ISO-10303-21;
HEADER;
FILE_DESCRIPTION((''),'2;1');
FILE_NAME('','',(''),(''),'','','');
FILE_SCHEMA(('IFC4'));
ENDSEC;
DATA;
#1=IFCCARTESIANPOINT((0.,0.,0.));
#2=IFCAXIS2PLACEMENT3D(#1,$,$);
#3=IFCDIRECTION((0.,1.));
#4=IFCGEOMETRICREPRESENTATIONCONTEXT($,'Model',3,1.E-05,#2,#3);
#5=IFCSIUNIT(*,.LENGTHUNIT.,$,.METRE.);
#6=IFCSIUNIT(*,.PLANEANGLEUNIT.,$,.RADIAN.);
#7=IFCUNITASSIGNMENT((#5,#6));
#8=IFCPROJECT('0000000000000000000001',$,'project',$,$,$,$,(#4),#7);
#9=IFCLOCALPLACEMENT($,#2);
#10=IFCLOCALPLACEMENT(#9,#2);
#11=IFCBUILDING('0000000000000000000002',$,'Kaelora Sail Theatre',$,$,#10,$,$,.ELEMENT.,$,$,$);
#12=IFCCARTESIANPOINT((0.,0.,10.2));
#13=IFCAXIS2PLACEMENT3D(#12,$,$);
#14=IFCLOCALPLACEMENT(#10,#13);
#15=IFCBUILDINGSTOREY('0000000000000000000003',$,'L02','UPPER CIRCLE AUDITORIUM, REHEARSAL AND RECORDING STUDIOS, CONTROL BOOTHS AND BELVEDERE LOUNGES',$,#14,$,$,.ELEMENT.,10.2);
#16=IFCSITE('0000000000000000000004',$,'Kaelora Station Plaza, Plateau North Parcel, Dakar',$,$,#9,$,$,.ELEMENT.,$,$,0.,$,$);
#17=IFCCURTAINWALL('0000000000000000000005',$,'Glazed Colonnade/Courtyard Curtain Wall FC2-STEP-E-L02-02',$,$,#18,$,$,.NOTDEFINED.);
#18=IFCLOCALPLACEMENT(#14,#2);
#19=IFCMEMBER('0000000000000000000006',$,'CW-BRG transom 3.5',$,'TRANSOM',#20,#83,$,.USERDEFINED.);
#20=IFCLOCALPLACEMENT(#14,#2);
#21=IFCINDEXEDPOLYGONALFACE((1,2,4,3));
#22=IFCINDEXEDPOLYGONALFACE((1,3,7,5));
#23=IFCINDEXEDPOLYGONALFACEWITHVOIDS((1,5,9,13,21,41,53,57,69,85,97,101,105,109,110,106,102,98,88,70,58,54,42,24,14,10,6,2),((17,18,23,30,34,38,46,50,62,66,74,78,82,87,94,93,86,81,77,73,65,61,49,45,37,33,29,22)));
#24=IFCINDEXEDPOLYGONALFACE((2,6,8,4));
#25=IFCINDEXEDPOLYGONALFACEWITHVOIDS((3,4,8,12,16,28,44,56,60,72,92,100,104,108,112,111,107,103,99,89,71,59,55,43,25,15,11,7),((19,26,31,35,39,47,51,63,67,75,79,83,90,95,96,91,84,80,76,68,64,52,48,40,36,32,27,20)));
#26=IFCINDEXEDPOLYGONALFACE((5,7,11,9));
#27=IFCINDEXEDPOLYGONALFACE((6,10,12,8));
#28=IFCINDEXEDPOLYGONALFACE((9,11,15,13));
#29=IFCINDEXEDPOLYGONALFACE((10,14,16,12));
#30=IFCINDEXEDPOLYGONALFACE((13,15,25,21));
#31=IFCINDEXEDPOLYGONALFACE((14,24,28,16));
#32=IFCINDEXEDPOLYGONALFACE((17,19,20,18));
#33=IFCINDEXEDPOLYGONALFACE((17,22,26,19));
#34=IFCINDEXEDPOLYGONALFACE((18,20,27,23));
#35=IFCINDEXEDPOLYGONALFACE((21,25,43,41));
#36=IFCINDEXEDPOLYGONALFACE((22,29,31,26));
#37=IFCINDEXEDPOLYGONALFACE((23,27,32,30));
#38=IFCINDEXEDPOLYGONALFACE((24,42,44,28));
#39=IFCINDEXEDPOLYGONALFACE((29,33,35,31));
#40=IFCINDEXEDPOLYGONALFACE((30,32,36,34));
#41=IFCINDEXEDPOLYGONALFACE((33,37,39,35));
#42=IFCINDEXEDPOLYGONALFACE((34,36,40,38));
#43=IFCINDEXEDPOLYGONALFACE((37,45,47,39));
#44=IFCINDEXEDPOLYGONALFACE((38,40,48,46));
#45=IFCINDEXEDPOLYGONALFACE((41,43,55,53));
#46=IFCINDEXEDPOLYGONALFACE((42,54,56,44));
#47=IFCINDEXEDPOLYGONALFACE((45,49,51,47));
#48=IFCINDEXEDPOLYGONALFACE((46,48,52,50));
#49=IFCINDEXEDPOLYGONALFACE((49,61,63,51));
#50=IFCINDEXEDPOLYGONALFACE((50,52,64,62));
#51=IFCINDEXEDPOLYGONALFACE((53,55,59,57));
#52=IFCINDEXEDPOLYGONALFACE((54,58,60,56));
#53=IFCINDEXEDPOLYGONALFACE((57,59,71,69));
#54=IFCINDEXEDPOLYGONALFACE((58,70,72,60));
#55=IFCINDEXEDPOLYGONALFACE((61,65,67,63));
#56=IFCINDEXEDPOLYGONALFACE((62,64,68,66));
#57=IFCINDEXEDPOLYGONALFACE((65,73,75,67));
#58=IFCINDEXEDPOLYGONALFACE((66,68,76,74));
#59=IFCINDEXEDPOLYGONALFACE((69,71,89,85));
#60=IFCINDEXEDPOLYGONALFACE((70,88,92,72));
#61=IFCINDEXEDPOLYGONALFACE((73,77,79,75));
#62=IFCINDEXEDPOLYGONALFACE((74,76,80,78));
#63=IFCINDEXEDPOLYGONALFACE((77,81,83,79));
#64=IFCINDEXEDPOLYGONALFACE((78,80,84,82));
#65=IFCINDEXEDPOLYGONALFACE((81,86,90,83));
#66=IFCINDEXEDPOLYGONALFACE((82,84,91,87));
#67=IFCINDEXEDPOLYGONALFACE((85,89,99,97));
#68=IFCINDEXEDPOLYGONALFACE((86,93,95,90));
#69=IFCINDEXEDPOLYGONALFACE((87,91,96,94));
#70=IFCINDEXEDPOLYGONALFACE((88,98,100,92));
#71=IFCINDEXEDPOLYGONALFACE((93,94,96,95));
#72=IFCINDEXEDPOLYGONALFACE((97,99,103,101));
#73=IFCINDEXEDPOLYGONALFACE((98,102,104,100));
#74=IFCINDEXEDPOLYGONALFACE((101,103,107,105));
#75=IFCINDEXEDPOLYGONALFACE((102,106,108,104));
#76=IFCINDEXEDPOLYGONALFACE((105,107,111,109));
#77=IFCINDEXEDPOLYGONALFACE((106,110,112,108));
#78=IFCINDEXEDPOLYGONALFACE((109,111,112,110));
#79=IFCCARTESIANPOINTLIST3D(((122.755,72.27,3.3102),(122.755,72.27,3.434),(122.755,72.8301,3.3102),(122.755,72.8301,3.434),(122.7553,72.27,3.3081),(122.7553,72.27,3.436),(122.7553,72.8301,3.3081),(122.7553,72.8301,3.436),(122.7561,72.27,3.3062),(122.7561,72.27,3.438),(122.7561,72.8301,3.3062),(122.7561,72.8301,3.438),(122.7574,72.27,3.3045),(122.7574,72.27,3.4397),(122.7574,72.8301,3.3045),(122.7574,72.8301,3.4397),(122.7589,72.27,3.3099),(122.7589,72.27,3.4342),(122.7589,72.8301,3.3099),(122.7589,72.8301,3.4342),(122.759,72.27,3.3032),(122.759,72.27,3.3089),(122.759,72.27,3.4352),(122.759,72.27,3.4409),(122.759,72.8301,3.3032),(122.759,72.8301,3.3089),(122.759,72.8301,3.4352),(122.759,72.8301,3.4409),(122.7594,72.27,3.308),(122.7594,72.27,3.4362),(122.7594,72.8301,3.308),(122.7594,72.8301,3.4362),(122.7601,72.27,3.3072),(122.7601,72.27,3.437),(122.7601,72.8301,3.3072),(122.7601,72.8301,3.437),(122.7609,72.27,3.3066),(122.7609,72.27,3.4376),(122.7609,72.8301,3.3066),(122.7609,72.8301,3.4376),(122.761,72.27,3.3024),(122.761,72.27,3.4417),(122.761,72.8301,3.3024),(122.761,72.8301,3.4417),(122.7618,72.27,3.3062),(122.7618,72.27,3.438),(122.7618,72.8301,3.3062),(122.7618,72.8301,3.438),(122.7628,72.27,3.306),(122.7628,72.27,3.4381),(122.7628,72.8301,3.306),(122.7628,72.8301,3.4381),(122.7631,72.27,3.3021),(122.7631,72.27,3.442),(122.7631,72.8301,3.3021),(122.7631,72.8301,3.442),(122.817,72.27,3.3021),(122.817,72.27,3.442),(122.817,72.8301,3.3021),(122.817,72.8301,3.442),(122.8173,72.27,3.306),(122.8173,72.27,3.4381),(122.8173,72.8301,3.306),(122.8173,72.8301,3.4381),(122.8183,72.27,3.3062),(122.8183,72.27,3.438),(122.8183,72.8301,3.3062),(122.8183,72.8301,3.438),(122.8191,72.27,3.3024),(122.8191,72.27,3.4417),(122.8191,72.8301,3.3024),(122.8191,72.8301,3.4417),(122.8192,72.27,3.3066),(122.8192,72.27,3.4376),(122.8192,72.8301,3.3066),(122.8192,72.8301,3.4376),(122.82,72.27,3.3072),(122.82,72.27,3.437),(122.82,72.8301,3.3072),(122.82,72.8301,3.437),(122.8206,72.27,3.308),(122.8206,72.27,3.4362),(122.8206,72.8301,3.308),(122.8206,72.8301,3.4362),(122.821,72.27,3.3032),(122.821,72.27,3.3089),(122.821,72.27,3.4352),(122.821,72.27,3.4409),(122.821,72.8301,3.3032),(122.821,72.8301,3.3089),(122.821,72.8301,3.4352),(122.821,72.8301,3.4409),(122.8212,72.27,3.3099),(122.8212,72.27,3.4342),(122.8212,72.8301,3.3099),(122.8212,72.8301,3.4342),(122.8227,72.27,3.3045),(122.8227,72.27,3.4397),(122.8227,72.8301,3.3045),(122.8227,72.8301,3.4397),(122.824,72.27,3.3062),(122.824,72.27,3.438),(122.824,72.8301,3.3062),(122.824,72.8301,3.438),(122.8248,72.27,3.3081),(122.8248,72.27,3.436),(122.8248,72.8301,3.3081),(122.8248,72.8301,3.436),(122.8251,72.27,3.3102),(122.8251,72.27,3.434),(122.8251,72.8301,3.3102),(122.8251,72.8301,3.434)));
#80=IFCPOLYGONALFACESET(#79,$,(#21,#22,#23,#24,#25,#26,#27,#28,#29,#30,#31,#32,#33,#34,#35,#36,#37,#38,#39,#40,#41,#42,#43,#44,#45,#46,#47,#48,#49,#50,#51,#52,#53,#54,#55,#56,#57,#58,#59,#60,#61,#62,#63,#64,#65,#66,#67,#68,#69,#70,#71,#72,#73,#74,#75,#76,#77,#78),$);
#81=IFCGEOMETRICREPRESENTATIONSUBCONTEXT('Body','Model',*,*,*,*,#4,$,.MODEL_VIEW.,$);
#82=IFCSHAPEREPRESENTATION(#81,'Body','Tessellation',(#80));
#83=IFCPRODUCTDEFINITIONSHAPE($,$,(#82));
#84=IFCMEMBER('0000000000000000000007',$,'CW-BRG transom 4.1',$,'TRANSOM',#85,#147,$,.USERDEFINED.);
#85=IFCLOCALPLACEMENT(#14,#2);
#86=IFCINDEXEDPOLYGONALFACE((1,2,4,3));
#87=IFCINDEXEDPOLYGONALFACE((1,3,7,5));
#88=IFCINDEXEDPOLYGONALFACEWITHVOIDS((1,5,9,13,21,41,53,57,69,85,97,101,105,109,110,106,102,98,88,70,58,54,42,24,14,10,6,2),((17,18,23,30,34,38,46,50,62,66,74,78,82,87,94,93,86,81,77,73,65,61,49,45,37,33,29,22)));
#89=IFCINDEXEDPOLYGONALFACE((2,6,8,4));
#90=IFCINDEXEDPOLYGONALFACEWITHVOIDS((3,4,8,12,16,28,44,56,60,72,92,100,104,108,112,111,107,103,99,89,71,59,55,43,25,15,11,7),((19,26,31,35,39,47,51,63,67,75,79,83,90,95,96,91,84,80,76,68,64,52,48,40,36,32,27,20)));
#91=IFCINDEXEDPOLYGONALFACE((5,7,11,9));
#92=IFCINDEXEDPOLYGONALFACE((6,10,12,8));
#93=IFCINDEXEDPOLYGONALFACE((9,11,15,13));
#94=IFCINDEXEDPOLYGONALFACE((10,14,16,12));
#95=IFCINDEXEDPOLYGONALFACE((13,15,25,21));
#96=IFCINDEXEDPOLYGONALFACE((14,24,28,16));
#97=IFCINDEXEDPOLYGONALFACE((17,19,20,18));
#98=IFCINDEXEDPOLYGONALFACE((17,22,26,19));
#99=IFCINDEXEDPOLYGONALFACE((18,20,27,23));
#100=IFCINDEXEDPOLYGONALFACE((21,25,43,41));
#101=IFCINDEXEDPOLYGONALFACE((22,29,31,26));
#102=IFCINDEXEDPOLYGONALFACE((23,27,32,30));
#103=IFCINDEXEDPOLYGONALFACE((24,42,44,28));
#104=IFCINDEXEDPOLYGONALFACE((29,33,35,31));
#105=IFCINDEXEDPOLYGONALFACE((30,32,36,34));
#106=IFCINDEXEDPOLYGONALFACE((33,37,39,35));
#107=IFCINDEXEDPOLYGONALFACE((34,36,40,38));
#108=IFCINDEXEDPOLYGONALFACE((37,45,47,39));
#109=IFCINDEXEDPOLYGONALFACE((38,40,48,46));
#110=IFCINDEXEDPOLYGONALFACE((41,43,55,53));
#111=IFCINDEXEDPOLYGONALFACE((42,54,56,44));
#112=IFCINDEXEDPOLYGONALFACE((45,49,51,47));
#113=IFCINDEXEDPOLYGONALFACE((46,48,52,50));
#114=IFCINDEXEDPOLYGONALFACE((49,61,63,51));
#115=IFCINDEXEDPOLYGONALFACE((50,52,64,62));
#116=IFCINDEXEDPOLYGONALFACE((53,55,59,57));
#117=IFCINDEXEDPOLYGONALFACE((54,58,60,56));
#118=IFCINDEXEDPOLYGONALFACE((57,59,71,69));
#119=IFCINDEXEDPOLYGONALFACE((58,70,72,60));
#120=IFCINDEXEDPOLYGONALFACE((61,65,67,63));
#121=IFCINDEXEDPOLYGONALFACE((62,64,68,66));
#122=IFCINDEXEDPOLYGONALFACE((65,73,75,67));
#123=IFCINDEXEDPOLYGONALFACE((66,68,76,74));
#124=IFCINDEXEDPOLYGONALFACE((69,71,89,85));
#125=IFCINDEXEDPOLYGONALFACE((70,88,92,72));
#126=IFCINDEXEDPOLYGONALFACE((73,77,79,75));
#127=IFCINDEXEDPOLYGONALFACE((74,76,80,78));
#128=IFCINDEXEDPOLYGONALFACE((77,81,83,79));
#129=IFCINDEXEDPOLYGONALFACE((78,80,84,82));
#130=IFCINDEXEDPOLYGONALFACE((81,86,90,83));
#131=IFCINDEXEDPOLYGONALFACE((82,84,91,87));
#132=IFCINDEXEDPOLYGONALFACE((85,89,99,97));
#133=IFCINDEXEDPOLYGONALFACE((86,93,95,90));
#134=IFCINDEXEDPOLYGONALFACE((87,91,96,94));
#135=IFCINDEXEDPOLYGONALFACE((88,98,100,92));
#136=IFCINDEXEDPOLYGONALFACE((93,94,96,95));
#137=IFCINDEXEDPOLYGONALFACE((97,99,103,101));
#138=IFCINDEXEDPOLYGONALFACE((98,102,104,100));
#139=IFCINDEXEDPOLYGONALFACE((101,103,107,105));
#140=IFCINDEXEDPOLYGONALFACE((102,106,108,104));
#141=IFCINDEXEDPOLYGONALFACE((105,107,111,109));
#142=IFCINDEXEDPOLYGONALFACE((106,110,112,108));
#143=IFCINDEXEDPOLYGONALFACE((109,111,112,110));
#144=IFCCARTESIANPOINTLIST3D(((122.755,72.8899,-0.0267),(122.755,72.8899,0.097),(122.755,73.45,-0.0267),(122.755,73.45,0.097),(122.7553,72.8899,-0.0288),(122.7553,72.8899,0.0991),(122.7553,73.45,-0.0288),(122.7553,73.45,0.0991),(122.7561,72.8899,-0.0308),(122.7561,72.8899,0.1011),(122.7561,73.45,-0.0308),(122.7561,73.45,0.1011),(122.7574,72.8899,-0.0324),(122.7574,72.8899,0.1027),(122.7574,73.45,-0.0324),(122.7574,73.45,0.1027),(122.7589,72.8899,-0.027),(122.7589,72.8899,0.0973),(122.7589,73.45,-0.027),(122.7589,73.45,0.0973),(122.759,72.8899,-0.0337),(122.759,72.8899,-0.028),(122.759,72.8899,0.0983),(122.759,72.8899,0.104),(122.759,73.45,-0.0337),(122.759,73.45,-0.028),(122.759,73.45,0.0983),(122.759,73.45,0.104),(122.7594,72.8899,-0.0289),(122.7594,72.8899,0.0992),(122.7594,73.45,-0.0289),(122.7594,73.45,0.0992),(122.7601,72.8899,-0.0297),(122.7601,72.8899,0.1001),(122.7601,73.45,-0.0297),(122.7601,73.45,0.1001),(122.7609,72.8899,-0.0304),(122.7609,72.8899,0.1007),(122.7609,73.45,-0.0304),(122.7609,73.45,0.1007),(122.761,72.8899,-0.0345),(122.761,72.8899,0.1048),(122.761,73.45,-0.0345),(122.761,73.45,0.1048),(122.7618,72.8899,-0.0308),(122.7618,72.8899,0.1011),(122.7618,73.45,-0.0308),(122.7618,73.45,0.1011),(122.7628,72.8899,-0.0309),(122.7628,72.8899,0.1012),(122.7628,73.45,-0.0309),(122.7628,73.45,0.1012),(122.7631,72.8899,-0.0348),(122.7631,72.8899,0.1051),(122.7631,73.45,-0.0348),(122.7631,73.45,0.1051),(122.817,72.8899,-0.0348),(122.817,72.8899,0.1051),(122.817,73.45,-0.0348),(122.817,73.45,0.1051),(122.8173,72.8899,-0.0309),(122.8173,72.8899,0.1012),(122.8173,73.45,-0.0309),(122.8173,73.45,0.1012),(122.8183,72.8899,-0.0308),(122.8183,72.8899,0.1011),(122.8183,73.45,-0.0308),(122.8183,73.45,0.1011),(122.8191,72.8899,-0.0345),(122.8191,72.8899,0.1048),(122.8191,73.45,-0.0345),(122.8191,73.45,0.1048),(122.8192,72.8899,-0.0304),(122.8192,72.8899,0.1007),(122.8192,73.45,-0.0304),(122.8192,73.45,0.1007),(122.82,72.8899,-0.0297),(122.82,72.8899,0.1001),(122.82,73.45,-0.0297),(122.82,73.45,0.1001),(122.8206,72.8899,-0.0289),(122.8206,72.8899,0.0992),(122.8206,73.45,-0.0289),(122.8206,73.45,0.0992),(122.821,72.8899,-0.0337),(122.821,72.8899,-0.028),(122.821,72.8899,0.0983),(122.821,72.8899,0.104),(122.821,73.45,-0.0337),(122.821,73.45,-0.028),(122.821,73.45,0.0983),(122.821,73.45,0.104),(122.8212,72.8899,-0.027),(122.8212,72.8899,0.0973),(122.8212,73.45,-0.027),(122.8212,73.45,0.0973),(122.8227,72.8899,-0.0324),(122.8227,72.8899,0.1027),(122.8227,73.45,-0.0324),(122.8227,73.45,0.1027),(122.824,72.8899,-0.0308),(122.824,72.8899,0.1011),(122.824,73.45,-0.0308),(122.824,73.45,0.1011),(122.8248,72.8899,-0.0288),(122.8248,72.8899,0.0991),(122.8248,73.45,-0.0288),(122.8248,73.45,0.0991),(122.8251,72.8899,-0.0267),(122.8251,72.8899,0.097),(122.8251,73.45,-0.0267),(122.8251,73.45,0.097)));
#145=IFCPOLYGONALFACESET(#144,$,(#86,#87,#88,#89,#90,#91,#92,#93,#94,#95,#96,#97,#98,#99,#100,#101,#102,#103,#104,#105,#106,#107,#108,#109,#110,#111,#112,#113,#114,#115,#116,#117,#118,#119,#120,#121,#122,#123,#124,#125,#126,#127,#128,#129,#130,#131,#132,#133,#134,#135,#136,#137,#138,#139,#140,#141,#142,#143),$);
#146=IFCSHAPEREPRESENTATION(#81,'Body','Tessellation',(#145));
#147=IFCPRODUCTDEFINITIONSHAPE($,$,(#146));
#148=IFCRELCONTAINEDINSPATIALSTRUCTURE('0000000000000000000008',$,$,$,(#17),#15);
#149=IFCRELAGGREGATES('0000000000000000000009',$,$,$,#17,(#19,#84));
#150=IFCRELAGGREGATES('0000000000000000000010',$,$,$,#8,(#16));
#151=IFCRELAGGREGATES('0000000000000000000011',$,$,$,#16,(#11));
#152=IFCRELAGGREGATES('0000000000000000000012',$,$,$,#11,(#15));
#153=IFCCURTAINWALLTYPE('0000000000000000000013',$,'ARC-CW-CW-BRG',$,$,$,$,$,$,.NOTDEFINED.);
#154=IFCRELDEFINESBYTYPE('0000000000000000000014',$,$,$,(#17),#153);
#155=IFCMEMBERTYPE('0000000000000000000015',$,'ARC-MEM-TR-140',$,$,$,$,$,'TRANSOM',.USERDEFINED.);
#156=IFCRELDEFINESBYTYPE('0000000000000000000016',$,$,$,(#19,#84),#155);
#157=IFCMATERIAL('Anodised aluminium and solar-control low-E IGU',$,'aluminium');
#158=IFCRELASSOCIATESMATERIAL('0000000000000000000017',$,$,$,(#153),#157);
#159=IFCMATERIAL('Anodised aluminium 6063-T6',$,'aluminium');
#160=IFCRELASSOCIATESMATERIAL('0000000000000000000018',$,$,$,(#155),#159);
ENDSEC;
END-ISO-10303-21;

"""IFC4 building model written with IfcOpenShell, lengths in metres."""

from ifc_helpers import new_model, si_unit, direction, frame, origin, origin_2d, place, context, subcontext, project, spatial, hollow_rectangle, extrude, material, material_profile, profile_set, type_object, element, aggregate, save


model = new_model("IFC4")

# Units and contexts
model_context = context("Model", 3, precision=1e-05, world=origin(), true_north=direction((0.0, 1.0)))
body_context = subcontext(model_context, "Body", "Model", "MODEL_VIEW")
ifc_project = project(units=[si_unit("LENGTHUNIT", "METRE"), si_unit("PLANEANGLEUNIT", "RADIAN")], contexts=[model_context])

# Site, building, storey
site_placement = place(None, origin())
site = spatial("IfcSite", under=ifc_project, at=site_placement, Name="Kaelora Station Plaza, Plateau North Parcel, Dakar", CompositionType="ELEMENT", RefElevation=0.0)
building_placement = place(site_placement, origin())
building = spatial("IfcBuilding", under=site, at=building_placement, Name="Kaelora Sail Theatre", CompositionType="ELEMENT")
storey_placement = place(building_placement, frame((0.0, 0.0, 10.2)))
storey = spatial("IfcBuildingStorey", under=building, at=storey_placement, Name="L02", Description="UPPER CIRCLE AUDITORIUM, REHEARSAL AND RECORDING STUDIOS, CONTROL BOOTHS AND BELVEDERE LOUNGES", CompositionType="ELEMENT", Elevation=10.2)

# Curtain wall, members
ifc_material_1 = material(Name="Anodised aluminium and solar-control low-E IGU", Category="aluminium")
curtain_wall_type = type_object("IfcCurtainWallType", Name="ARC-CW-CW-BRG", PredefinedType="NOTDEFINED", material=ifc_material_1)
curtain_wall_placement = place(storey_placement, origin())
curtain_wall = element("IfcCurtainWall", 1, at=curtain_wall_placement, inside=storey, type_object=curtain_wall_type, Name="Glazed Colonnade/Courtyard Curtain Wall FC2-STEP-E-L02-02", PredefinedType="NOTDEFINED")
ifc_material_2 = material(Name="Anodised aluminium 6063-T6", Category="aluminium")
ifc_material_profile_1 = material_profile(ifc_material_2, hollow_rectangle(XDim=0.0701, YDim=0.1399, WallThickness=0.0039, InnerFilletRadius=0.0039, OuterFilletRadius=0.0081, at=origin_2d()), Name="ALU-TRAN 70x140x4")
ifc_profile_set_1 = profile_set([ifc_material_profile_1], Name="Anodised aluminium 6063-T6")
member_type_1 = type_object("IfcMemberType", Name="ARC-MEM-TR-140", ElementType="TRANSOM", PredefinedType="USERDEFINED", material=ifc_profile_set_1)
member_1_placement = place(storey_placement, frame((122.79, 72.27, 3.3721), z_axis=(0.0, 1.0, 0.0), x_axis=(-1.0, 0.0, 0.0)))
member_1 = element("IfcMember", 2, at=member_1_placement, type_object=member_type_1, Name="CW-BRG transom 3.5", ObjectType="TRANSOM", PredefinedType="USERDEFINED", context=body_context, shape_type="SweptSolid", body=[
    extrude(hollow_rectangle(XDim=0.0701, YDim=0.1399, WallThickness=0.0039, InnerFilletRadius=0.0039, OuterFilletRadius=0.0081, at=origin_2d()), origin(), (0.0, 0.0, 1.0), 0.5601),
])
member_2_placement = place(storey_placement, frame((122.79, 72.8899, 0.0352), z_axis=(0.0, 1.0, 0.0), x_axis=(-1.0, 0.0, 0.0)))
member_2 = element("IfcMember", 3, at=member_2_placement, type_object=member_type_1, Name="CW-BRG transom 4.1", ObjectType="TRANSOM", PredefinedType="USERDEFINED", context=body_context, shape_type="SweptSolid", body=[
    extrude(hollow_rectangle(XDim=0.0701, YDim=0.1399, WallThickness=0.0039, InnerFilletRadius=0.0039, OuterFilletRadius=0.0081, at=origin_2d()), origin(), (0.0, 0.0, 1.0), 0.5601),
])
aggregate(curtain_wall, [member_1, member_2])

save(model, "model.ifc")
